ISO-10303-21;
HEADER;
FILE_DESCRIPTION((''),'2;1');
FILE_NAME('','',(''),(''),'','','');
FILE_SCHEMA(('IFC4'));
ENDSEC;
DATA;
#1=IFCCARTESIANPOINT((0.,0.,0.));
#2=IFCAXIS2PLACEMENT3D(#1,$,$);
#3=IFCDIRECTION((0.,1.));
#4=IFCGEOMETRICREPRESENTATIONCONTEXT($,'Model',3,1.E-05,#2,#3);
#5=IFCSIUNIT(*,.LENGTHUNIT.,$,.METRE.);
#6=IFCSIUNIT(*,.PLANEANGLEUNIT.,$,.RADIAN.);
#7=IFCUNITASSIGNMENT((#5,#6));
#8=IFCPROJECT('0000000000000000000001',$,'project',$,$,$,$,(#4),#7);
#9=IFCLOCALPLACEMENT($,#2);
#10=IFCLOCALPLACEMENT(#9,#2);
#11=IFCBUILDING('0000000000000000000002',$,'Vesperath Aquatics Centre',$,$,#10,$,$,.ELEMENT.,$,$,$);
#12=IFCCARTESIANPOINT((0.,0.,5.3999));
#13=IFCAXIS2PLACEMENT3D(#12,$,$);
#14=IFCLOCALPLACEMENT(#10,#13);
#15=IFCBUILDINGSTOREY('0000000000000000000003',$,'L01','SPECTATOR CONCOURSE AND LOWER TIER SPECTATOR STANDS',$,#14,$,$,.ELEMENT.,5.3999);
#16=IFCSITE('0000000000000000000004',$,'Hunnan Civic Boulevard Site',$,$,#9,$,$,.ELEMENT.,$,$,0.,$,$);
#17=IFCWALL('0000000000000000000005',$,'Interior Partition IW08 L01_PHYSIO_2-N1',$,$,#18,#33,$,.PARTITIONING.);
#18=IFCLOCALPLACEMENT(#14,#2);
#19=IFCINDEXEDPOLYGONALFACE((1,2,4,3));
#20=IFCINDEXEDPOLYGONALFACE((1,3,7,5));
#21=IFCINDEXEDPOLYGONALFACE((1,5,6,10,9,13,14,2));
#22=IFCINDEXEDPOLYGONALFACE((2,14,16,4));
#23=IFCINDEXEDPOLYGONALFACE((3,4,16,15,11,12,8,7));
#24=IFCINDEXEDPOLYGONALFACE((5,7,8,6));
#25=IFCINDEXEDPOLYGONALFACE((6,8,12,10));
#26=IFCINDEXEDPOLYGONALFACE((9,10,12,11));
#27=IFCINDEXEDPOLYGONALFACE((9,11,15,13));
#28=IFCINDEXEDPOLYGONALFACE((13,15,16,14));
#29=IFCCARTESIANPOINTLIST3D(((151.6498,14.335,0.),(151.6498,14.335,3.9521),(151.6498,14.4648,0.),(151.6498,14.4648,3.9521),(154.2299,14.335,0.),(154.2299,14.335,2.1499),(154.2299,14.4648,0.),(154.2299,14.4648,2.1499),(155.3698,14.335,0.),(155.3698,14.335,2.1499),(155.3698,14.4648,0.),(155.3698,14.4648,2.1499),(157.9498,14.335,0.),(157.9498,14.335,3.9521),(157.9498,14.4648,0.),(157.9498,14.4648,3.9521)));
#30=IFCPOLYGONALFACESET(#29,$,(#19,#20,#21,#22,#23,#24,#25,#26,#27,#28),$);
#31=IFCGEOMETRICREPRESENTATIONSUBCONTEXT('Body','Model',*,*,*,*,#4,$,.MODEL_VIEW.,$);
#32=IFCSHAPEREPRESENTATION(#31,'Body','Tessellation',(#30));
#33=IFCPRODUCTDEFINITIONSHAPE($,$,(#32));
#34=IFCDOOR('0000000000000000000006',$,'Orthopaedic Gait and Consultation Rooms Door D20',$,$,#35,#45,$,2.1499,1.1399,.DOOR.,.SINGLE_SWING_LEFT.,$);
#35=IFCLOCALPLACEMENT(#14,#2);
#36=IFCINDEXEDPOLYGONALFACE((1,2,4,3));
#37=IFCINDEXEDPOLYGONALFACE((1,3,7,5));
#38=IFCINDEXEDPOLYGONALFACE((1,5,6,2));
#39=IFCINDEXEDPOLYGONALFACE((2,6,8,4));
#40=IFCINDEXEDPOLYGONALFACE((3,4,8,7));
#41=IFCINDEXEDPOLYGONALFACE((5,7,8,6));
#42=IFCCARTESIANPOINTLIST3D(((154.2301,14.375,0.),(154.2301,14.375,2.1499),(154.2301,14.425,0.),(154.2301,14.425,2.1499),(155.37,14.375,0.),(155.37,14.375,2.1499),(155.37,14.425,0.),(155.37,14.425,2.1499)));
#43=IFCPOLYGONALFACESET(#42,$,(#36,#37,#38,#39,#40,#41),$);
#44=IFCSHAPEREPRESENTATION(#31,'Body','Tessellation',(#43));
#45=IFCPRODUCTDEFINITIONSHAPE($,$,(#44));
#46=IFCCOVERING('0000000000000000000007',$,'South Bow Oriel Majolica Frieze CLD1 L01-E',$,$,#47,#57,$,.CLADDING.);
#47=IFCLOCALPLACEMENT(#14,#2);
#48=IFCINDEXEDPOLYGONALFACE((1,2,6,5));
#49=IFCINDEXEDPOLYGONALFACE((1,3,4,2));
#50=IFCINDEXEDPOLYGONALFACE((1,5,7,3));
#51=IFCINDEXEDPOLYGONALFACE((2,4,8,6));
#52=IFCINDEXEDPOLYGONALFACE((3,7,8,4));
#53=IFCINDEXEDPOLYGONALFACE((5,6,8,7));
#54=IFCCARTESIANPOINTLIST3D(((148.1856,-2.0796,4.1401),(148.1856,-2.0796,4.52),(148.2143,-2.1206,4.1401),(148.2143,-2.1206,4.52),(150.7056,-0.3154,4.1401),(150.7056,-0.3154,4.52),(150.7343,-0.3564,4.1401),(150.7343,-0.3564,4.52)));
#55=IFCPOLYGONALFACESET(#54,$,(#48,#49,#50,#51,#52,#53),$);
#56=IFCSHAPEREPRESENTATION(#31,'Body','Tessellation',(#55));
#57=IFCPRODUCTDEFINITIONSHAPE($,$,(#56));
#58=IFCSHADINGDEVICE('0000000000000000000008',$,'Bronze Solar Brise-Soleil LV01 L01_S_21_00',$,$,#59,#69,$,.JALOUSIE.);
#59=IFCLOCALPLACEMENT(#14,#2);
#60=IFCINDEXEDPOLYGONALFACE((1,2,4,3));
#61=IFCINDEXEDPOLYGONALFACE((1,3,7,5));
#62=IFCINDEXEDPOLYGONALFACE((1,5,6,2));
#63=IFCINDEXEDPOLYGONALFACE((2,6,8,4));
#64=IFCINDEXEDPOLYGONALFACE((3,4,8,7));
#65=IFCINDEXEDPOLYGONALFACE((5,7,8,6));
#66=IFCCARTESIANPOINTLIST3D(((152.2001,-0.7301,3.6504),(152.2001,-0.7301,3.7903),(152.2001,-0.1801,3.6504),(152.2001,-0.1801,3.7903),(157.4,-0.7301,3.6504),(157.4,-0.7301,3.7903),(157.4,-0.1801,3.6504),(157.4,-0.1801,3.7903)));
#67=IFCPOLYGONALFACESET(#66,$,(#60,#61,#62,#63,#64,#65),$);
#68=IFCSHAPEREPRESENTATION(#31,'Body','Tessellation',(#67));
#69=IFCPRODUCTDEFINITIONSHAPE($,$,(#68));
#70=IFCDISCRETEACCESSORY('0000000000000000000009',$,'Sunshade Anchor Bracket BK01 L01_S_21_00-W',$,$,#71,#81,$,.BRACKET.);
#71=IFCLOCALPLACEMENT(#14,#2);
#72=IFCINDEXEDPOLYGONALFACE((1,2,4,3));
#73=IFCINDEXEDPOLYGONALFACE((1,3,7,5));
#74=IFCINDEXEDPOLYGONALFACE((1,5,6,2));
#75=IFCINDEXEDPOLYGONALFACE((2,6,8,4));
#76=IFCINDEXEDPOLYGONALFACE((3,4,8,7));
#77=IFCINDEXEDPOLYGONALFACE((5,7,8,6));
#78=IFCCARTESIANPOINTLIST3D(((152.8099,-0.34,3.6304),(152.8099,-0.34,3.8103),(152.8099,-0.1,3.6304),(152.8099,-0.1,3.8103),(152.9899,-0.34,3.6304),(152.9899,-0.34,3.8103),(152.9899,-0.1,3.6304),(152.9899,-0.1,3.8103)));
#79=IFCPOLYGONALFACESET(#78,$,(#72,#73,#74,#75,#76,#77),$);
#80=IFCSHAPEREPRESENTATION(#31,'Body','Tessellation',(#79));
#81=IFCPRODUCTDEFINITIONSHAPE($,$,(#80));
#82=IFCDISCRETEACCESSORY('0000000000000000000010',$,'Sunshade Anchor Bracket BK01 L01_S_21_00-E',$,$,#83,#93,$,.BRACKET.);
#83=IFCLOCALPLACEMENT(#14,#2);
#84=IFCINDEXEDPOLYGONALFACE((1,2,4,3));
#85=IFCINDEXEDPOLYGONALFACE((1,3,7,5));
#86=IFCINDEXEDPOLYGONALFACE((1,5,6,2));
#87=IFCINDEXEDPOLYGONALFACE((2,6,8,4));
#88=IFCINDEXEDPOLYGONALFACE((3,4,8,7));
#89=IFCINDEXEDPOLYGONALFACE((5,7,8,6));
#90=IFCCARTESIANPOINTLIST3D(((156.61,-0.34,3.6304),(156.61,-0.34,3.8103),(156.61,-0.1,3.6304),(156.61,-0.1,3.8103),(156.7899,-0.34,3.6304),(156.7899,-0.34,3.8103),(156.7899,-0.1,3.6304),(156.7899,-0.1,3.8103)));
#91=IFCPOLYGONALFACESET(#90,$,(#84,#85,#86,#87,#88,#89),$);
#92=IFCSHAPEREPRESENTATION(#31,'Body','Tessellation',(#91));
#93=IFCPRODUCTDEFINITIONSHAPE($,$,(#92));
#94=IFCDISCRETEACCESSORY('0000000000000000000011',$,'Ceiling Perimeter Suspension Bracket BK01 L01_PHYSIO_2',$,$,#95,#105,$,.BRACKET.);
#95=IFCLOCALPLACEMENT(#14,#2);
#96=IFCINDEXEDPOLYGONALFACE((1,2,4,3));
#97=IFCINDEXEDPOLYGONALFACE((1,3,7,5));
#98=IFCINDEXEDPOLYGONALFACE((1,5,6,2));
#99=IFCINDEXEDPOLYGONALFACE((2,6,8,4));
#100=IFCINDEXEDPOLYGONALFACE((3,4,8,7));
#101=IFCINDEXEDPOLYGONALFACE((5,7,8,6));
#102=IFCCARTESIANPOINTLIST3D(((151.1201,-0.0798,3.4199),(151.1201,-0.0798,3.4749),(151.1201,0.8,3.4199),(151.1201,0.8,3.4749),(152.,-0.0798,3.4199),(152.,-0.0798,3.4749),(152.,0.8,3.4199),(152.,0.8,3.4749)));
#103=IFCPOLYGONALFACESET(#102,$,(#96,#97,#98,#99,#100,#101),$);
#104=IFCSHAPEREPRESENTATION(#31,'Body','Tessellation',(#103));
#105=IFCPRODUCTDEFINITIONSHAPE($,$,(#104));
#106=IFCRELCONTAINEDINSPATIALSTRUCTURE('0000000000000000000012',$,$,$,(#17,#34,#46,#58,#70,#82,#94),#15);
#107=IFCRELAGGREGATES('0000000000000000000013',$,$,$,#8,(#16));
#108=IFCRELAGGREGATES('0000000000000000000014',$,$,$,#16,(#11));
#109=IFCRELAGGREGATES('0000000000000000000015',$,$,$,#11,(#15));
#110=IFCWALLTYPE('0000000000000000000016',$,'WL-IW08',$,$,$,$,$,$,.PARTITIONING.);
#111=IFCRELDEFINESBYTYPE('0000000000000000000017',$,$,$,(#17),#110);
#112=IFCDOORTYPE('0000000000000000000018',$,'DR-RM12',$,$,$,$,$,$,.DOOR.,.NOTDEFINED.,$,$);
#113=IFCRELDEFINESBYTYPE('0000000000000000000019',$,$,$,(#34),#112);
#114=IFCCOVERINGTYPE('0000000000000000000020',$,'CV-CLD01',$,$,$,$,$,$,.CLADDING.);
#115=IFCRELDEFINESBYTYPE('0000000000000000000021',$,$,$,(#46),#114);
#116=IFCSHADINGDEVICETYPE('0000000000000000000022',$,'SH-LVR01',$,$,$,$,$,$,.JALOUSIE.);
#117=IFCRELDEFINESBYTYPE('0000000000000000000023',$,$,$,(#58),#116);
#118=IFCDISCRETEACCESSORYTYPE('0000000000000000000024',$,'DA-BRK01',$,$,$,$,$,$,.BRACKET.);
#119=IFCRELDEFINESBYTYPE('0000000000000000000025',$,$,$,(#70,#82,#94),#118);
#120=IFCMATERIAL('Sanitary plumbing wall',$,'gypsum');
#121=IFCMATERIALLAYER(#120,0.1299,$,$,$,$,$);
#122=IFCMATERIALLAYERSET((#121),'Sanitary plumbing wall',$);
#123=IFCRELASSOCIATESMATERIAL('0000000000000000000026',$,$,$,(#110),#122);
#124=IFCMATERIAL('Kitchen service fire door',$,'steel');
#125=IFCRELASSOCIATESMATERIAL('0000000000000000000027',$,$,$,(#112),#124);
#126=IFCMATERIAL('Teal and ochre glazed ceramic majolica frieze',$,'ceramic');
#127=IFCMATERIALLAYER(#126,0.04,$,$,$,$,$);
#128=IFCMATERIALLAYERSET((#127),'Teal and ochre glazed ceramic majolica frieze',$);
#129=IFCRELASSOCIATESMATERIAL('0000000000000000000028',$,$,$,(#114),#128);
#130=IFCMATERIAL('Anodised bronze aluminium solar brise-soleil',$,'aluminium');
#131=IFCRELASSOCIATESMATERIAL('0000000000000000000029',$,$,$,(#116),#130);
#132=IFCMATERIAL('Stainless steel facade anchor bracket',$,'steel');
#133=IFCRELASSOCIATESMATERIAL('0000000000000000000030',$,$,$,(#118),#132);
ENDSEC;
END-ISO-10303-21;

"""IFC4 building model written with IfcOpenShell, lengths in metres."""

from ifc_helpers import new_model, si_unit, direction, frame, frame_2d, origin, origin_2d, place, context, subcontext, project, spatial, rectangle, extrude, material, layer, layer_set, type_object, element, fill, save


model = new_model("IFC4")

# Units and contexts
model_context = context("Model", 3, precision=1e-05, world=origin(), true_north=direction((0.0, 1.0)))
body_context = subcontext(model_context, "Body", "Model", "MODEL_VIEW")
ifc_project = project(units=[si_unit("LENGTHUNIT", "METRE"), si_unit("PLANEANGLEUNIT", "RADIAN")], contexts=[model_context])

# Site, building, storey
site_placement = place(None, origin())
site = spatial("IfcSite", under=ifc_project, at=site_placement, Name="Hunnan Civic Boulevard Site", CompositionType="ELEMENT", RefElevation=0.0)
building_placement = place(site_placement, origin())
building = spatial("IfcBuilding", under=site, at=building_placement, Name="Vesperath Aquatics Centre", CompositionType="ELEMENT")
storey_placement = place(building_placement, frame((0.0, 0.0, 5.3999)))
storey = spatial("IfcBuildingStorey", under=building, at=storey_placement, Name="L01", Description="SPECTATOR CONCOURSE AND LOWER TIER SPECTATOR STANDS", CompositionType="ELEMENT", Elevation=5.3999)

# Wall, opening, door
ifc_material_1 = material(Name="Sanitary plumbing wall", Category="gypsum")
ifc_layer_1 = layer(ifc_material_1, 0.1299)
ifc_layer_set_1 = layer_set([ifc_layer_1], Name="Sanitary plumbing wall")
wall_type_1 = type_object("IfcWallType", Name="WL-IW08", PredefinedType="PARTITIONING", material=ifc_layer_set_1)
wall_1_placement = place(storey_placement, frame((151.6499, 14.3999, 0.0), z_axis=(0.0, 0.0, 1.0), x_axis=(1.0, 0.0, 0.0)))
wall_1 = element("IfcWall", 1, at=wall_1_placement, inside=storey, type_object=wall_type_1, Name="Interior Partition IW08 L01_PHYSIO_2-N1", PredefinedType="PARTITIONING", context=body_context, shape_type="SweptSolid", body=[
    extrude(rectangle(XDim=6.3, YDim=0.1299, at=frame_2d((3.1499, 0.0))), origin(), (0.0, 0.0, 1.0), 3.9521),
])
opening_1_placement = place(wall_1_placement, frame((2.5801, 0.0, 0.0)))
opening_1 = element("IfcOpeningElement", 2, at=opening_1_placement, cuts=wall_1, PredefinedType="OPENING", context=body_context, shape_type="SweptSolid", body=[
    extrude(rectangle(XDim=1.1399, YDim=2.1499, at=frame_2d((0.5698, 1.075))), frame((0.0, 0.0798, 0.0), z_axis=(0.0, -1.0, 0.0), x_axis=(1.0, 0.0, 0.0)), (0.0, 0.0, 1.0), 0.1597),
])
ifc_material_2 = material(Name="Kitchen service fire door", Category="steel")
door_type = type_object("IfcDoorType", Name="DR-RM12", OperationType="NOTDEFINED", PredefinedType="DOOR", material=ifc_material_2)
door_placement = place(opening_1_placement, frame((1.1399, 0.0, 0.0), z_axis=(0.0, 0.0, 1.0), x_axis=(-1.0, 0.0, 0.0)))
door = element("IfcDoor", 3, at=door_placement, inside=storey, type_object=door_type, Name="Orthopaedic Gait and Consultation Rooms Door D20", OperationType="SINGLE_SWING_LEFT", OverallHeight=2.1499, OverallWidth=1.1399, PredefinedType="DOOR", context=body_context, shape_type="SweptSolid", body=[
    extrude(rectangle(XDim=1.1399, YDim=2.1499, at=frame_2d((0.5698, 1.075))), frame((0.0, 0.0249, 0.0), z_axis=(0.0, -1.0, 0.0), x_axis=(1.0, 0.0, 0.0)), (0.0, 0.0, 1.0), 0.05),
])
fill(opening_1, door)

# Covering
ifc_material_3 = material(Name="Teal and ochre glazed ceramic majolica frieze", Category="ceramic")
ifc_layer_2 = layer(ifc_material_3, 0.04)
ifc_layer_set_2 = layer_set([ifc_layer_2], Name="Teal and ochre glazed ceramic majolica frieze")
covering_type = type_object("IfcCoveringType", Name="CV-CLD01", PredefinedType="CLADDING", material=ifc_layer_set_2)
covering_placement = place(storey_placement, frame((148.2, -2.1001, 4.1401), z_axis=(0.0, 0.0, 1.0), x_axis=(0.81921, 0.573494, 0.0)))
element("IfcCovering", 4, at=covering_placement, inside=storey, type_object=covering_type, Name="South Bow Oriel Majolica Frieze CLD1 L01-E", PredefinedType="CLADDING", context=body_context, shape_type="SweptSolid", body=[
    extrude(rectangle(XDim=3.0762, YDim=0.05, at=frame_2d((1.5381, 0.0))), origin(), (0.0, 0.0, 1.0), 0.3799),
])

# Shading device
ifc_material_4 = material(Name="Anodised bronze aluminium solar brise-soleil", Category="aluminium")
shading_device_type = type_object("IfcShadingDeviceType", Name="SH-LVR01", PredefinedType="JALOUSIE", material=ifc_material_4)
shading_device_placement = place(storey_placement, frame((154.8, -0.4551, 3.6504), z_axis=(0.0, 0.0, 1.0), x_axis=(1.0, 0.0, 0.0)))
element("IfcShadingDevice", 5, at=shading_device_placement, inside=storey, type_object=shading_device_type, Name="Bronze Solar Brise-Soleil LV01 L01_S_21_00", PredefinedType="JALOUSIE", context=body_context, shape_type="SweptSolid", body=[
    extrude(rectangle(XDim=5.2, YDim=0.55, at=origin_2d()), origin(), (0.0, 0.0, 1.0), 0.1399),
])

# Discrete accessories
ifc_material_5 = material(Name="Stainless steel facade anchor bracket", Category="steel")
discrete_accessory_type = type_object("IfcDiscreteAccessoryType", Name="DA-BRK01", PredefinedType="BRACKET", material=ifc_material_5)
for number, where, z_axis, x_axis, name in (
    (6, (152.8999, -0.22, 3.6304), (0.0, 0.0, 1.0), (1.0, 0.0, 0.0), "Sunshade Anchor Bracket BK01 L01_S_21_00-W"),
    (7, (156.7, -0.22, 3.6304), (0.0, 0.0, 1.0), (1.0, 0.0, 0.0), "Sunshade Anchor Bracket BK01 L01_S_21_00-E"),
):
    element("IfcDiscreteAccessory", number, at=place(storey_placement, frame(where, z_axis=z_axis, x_axis=x_axis)), inside=storey, type_object=discrete_accessory_type, Name=name, PredefinedType="BRACKET", context=body_context, shape_type="SweptSolid", body=[
        extrude(rectangle(XDim=0.1799, YDim=0.24, at=origin_2d()), origin(), (0.0, 0.0, 1.0), 0.1799),
    ])
discrete_accessory_placement = place(storey_placement, frame((151.5601, 0.3601, 3.4199), z_axis=(0.0, 0.0, 1.0), x_axis=(1.0, 0.0, 0.0)))
element("IfcDiscreteAccessory", 8, at=discrete_accessory_placement, inside=storey, type_object=discrete_accessory_type, Name="Ceiling Perimeter Suspension Bracket BK01 L01_PHYSIO_2", PredefinedType="BRACKET", context=body_context, shape_type="SweptSolid", body=[
    extrude(rectangle(XDim=0.8799, YDim=0.8799, at=origin_2d()), origin(), (0.0, 0.0, 1.0), 0.0549),
])

save(model, "model.ifc")
